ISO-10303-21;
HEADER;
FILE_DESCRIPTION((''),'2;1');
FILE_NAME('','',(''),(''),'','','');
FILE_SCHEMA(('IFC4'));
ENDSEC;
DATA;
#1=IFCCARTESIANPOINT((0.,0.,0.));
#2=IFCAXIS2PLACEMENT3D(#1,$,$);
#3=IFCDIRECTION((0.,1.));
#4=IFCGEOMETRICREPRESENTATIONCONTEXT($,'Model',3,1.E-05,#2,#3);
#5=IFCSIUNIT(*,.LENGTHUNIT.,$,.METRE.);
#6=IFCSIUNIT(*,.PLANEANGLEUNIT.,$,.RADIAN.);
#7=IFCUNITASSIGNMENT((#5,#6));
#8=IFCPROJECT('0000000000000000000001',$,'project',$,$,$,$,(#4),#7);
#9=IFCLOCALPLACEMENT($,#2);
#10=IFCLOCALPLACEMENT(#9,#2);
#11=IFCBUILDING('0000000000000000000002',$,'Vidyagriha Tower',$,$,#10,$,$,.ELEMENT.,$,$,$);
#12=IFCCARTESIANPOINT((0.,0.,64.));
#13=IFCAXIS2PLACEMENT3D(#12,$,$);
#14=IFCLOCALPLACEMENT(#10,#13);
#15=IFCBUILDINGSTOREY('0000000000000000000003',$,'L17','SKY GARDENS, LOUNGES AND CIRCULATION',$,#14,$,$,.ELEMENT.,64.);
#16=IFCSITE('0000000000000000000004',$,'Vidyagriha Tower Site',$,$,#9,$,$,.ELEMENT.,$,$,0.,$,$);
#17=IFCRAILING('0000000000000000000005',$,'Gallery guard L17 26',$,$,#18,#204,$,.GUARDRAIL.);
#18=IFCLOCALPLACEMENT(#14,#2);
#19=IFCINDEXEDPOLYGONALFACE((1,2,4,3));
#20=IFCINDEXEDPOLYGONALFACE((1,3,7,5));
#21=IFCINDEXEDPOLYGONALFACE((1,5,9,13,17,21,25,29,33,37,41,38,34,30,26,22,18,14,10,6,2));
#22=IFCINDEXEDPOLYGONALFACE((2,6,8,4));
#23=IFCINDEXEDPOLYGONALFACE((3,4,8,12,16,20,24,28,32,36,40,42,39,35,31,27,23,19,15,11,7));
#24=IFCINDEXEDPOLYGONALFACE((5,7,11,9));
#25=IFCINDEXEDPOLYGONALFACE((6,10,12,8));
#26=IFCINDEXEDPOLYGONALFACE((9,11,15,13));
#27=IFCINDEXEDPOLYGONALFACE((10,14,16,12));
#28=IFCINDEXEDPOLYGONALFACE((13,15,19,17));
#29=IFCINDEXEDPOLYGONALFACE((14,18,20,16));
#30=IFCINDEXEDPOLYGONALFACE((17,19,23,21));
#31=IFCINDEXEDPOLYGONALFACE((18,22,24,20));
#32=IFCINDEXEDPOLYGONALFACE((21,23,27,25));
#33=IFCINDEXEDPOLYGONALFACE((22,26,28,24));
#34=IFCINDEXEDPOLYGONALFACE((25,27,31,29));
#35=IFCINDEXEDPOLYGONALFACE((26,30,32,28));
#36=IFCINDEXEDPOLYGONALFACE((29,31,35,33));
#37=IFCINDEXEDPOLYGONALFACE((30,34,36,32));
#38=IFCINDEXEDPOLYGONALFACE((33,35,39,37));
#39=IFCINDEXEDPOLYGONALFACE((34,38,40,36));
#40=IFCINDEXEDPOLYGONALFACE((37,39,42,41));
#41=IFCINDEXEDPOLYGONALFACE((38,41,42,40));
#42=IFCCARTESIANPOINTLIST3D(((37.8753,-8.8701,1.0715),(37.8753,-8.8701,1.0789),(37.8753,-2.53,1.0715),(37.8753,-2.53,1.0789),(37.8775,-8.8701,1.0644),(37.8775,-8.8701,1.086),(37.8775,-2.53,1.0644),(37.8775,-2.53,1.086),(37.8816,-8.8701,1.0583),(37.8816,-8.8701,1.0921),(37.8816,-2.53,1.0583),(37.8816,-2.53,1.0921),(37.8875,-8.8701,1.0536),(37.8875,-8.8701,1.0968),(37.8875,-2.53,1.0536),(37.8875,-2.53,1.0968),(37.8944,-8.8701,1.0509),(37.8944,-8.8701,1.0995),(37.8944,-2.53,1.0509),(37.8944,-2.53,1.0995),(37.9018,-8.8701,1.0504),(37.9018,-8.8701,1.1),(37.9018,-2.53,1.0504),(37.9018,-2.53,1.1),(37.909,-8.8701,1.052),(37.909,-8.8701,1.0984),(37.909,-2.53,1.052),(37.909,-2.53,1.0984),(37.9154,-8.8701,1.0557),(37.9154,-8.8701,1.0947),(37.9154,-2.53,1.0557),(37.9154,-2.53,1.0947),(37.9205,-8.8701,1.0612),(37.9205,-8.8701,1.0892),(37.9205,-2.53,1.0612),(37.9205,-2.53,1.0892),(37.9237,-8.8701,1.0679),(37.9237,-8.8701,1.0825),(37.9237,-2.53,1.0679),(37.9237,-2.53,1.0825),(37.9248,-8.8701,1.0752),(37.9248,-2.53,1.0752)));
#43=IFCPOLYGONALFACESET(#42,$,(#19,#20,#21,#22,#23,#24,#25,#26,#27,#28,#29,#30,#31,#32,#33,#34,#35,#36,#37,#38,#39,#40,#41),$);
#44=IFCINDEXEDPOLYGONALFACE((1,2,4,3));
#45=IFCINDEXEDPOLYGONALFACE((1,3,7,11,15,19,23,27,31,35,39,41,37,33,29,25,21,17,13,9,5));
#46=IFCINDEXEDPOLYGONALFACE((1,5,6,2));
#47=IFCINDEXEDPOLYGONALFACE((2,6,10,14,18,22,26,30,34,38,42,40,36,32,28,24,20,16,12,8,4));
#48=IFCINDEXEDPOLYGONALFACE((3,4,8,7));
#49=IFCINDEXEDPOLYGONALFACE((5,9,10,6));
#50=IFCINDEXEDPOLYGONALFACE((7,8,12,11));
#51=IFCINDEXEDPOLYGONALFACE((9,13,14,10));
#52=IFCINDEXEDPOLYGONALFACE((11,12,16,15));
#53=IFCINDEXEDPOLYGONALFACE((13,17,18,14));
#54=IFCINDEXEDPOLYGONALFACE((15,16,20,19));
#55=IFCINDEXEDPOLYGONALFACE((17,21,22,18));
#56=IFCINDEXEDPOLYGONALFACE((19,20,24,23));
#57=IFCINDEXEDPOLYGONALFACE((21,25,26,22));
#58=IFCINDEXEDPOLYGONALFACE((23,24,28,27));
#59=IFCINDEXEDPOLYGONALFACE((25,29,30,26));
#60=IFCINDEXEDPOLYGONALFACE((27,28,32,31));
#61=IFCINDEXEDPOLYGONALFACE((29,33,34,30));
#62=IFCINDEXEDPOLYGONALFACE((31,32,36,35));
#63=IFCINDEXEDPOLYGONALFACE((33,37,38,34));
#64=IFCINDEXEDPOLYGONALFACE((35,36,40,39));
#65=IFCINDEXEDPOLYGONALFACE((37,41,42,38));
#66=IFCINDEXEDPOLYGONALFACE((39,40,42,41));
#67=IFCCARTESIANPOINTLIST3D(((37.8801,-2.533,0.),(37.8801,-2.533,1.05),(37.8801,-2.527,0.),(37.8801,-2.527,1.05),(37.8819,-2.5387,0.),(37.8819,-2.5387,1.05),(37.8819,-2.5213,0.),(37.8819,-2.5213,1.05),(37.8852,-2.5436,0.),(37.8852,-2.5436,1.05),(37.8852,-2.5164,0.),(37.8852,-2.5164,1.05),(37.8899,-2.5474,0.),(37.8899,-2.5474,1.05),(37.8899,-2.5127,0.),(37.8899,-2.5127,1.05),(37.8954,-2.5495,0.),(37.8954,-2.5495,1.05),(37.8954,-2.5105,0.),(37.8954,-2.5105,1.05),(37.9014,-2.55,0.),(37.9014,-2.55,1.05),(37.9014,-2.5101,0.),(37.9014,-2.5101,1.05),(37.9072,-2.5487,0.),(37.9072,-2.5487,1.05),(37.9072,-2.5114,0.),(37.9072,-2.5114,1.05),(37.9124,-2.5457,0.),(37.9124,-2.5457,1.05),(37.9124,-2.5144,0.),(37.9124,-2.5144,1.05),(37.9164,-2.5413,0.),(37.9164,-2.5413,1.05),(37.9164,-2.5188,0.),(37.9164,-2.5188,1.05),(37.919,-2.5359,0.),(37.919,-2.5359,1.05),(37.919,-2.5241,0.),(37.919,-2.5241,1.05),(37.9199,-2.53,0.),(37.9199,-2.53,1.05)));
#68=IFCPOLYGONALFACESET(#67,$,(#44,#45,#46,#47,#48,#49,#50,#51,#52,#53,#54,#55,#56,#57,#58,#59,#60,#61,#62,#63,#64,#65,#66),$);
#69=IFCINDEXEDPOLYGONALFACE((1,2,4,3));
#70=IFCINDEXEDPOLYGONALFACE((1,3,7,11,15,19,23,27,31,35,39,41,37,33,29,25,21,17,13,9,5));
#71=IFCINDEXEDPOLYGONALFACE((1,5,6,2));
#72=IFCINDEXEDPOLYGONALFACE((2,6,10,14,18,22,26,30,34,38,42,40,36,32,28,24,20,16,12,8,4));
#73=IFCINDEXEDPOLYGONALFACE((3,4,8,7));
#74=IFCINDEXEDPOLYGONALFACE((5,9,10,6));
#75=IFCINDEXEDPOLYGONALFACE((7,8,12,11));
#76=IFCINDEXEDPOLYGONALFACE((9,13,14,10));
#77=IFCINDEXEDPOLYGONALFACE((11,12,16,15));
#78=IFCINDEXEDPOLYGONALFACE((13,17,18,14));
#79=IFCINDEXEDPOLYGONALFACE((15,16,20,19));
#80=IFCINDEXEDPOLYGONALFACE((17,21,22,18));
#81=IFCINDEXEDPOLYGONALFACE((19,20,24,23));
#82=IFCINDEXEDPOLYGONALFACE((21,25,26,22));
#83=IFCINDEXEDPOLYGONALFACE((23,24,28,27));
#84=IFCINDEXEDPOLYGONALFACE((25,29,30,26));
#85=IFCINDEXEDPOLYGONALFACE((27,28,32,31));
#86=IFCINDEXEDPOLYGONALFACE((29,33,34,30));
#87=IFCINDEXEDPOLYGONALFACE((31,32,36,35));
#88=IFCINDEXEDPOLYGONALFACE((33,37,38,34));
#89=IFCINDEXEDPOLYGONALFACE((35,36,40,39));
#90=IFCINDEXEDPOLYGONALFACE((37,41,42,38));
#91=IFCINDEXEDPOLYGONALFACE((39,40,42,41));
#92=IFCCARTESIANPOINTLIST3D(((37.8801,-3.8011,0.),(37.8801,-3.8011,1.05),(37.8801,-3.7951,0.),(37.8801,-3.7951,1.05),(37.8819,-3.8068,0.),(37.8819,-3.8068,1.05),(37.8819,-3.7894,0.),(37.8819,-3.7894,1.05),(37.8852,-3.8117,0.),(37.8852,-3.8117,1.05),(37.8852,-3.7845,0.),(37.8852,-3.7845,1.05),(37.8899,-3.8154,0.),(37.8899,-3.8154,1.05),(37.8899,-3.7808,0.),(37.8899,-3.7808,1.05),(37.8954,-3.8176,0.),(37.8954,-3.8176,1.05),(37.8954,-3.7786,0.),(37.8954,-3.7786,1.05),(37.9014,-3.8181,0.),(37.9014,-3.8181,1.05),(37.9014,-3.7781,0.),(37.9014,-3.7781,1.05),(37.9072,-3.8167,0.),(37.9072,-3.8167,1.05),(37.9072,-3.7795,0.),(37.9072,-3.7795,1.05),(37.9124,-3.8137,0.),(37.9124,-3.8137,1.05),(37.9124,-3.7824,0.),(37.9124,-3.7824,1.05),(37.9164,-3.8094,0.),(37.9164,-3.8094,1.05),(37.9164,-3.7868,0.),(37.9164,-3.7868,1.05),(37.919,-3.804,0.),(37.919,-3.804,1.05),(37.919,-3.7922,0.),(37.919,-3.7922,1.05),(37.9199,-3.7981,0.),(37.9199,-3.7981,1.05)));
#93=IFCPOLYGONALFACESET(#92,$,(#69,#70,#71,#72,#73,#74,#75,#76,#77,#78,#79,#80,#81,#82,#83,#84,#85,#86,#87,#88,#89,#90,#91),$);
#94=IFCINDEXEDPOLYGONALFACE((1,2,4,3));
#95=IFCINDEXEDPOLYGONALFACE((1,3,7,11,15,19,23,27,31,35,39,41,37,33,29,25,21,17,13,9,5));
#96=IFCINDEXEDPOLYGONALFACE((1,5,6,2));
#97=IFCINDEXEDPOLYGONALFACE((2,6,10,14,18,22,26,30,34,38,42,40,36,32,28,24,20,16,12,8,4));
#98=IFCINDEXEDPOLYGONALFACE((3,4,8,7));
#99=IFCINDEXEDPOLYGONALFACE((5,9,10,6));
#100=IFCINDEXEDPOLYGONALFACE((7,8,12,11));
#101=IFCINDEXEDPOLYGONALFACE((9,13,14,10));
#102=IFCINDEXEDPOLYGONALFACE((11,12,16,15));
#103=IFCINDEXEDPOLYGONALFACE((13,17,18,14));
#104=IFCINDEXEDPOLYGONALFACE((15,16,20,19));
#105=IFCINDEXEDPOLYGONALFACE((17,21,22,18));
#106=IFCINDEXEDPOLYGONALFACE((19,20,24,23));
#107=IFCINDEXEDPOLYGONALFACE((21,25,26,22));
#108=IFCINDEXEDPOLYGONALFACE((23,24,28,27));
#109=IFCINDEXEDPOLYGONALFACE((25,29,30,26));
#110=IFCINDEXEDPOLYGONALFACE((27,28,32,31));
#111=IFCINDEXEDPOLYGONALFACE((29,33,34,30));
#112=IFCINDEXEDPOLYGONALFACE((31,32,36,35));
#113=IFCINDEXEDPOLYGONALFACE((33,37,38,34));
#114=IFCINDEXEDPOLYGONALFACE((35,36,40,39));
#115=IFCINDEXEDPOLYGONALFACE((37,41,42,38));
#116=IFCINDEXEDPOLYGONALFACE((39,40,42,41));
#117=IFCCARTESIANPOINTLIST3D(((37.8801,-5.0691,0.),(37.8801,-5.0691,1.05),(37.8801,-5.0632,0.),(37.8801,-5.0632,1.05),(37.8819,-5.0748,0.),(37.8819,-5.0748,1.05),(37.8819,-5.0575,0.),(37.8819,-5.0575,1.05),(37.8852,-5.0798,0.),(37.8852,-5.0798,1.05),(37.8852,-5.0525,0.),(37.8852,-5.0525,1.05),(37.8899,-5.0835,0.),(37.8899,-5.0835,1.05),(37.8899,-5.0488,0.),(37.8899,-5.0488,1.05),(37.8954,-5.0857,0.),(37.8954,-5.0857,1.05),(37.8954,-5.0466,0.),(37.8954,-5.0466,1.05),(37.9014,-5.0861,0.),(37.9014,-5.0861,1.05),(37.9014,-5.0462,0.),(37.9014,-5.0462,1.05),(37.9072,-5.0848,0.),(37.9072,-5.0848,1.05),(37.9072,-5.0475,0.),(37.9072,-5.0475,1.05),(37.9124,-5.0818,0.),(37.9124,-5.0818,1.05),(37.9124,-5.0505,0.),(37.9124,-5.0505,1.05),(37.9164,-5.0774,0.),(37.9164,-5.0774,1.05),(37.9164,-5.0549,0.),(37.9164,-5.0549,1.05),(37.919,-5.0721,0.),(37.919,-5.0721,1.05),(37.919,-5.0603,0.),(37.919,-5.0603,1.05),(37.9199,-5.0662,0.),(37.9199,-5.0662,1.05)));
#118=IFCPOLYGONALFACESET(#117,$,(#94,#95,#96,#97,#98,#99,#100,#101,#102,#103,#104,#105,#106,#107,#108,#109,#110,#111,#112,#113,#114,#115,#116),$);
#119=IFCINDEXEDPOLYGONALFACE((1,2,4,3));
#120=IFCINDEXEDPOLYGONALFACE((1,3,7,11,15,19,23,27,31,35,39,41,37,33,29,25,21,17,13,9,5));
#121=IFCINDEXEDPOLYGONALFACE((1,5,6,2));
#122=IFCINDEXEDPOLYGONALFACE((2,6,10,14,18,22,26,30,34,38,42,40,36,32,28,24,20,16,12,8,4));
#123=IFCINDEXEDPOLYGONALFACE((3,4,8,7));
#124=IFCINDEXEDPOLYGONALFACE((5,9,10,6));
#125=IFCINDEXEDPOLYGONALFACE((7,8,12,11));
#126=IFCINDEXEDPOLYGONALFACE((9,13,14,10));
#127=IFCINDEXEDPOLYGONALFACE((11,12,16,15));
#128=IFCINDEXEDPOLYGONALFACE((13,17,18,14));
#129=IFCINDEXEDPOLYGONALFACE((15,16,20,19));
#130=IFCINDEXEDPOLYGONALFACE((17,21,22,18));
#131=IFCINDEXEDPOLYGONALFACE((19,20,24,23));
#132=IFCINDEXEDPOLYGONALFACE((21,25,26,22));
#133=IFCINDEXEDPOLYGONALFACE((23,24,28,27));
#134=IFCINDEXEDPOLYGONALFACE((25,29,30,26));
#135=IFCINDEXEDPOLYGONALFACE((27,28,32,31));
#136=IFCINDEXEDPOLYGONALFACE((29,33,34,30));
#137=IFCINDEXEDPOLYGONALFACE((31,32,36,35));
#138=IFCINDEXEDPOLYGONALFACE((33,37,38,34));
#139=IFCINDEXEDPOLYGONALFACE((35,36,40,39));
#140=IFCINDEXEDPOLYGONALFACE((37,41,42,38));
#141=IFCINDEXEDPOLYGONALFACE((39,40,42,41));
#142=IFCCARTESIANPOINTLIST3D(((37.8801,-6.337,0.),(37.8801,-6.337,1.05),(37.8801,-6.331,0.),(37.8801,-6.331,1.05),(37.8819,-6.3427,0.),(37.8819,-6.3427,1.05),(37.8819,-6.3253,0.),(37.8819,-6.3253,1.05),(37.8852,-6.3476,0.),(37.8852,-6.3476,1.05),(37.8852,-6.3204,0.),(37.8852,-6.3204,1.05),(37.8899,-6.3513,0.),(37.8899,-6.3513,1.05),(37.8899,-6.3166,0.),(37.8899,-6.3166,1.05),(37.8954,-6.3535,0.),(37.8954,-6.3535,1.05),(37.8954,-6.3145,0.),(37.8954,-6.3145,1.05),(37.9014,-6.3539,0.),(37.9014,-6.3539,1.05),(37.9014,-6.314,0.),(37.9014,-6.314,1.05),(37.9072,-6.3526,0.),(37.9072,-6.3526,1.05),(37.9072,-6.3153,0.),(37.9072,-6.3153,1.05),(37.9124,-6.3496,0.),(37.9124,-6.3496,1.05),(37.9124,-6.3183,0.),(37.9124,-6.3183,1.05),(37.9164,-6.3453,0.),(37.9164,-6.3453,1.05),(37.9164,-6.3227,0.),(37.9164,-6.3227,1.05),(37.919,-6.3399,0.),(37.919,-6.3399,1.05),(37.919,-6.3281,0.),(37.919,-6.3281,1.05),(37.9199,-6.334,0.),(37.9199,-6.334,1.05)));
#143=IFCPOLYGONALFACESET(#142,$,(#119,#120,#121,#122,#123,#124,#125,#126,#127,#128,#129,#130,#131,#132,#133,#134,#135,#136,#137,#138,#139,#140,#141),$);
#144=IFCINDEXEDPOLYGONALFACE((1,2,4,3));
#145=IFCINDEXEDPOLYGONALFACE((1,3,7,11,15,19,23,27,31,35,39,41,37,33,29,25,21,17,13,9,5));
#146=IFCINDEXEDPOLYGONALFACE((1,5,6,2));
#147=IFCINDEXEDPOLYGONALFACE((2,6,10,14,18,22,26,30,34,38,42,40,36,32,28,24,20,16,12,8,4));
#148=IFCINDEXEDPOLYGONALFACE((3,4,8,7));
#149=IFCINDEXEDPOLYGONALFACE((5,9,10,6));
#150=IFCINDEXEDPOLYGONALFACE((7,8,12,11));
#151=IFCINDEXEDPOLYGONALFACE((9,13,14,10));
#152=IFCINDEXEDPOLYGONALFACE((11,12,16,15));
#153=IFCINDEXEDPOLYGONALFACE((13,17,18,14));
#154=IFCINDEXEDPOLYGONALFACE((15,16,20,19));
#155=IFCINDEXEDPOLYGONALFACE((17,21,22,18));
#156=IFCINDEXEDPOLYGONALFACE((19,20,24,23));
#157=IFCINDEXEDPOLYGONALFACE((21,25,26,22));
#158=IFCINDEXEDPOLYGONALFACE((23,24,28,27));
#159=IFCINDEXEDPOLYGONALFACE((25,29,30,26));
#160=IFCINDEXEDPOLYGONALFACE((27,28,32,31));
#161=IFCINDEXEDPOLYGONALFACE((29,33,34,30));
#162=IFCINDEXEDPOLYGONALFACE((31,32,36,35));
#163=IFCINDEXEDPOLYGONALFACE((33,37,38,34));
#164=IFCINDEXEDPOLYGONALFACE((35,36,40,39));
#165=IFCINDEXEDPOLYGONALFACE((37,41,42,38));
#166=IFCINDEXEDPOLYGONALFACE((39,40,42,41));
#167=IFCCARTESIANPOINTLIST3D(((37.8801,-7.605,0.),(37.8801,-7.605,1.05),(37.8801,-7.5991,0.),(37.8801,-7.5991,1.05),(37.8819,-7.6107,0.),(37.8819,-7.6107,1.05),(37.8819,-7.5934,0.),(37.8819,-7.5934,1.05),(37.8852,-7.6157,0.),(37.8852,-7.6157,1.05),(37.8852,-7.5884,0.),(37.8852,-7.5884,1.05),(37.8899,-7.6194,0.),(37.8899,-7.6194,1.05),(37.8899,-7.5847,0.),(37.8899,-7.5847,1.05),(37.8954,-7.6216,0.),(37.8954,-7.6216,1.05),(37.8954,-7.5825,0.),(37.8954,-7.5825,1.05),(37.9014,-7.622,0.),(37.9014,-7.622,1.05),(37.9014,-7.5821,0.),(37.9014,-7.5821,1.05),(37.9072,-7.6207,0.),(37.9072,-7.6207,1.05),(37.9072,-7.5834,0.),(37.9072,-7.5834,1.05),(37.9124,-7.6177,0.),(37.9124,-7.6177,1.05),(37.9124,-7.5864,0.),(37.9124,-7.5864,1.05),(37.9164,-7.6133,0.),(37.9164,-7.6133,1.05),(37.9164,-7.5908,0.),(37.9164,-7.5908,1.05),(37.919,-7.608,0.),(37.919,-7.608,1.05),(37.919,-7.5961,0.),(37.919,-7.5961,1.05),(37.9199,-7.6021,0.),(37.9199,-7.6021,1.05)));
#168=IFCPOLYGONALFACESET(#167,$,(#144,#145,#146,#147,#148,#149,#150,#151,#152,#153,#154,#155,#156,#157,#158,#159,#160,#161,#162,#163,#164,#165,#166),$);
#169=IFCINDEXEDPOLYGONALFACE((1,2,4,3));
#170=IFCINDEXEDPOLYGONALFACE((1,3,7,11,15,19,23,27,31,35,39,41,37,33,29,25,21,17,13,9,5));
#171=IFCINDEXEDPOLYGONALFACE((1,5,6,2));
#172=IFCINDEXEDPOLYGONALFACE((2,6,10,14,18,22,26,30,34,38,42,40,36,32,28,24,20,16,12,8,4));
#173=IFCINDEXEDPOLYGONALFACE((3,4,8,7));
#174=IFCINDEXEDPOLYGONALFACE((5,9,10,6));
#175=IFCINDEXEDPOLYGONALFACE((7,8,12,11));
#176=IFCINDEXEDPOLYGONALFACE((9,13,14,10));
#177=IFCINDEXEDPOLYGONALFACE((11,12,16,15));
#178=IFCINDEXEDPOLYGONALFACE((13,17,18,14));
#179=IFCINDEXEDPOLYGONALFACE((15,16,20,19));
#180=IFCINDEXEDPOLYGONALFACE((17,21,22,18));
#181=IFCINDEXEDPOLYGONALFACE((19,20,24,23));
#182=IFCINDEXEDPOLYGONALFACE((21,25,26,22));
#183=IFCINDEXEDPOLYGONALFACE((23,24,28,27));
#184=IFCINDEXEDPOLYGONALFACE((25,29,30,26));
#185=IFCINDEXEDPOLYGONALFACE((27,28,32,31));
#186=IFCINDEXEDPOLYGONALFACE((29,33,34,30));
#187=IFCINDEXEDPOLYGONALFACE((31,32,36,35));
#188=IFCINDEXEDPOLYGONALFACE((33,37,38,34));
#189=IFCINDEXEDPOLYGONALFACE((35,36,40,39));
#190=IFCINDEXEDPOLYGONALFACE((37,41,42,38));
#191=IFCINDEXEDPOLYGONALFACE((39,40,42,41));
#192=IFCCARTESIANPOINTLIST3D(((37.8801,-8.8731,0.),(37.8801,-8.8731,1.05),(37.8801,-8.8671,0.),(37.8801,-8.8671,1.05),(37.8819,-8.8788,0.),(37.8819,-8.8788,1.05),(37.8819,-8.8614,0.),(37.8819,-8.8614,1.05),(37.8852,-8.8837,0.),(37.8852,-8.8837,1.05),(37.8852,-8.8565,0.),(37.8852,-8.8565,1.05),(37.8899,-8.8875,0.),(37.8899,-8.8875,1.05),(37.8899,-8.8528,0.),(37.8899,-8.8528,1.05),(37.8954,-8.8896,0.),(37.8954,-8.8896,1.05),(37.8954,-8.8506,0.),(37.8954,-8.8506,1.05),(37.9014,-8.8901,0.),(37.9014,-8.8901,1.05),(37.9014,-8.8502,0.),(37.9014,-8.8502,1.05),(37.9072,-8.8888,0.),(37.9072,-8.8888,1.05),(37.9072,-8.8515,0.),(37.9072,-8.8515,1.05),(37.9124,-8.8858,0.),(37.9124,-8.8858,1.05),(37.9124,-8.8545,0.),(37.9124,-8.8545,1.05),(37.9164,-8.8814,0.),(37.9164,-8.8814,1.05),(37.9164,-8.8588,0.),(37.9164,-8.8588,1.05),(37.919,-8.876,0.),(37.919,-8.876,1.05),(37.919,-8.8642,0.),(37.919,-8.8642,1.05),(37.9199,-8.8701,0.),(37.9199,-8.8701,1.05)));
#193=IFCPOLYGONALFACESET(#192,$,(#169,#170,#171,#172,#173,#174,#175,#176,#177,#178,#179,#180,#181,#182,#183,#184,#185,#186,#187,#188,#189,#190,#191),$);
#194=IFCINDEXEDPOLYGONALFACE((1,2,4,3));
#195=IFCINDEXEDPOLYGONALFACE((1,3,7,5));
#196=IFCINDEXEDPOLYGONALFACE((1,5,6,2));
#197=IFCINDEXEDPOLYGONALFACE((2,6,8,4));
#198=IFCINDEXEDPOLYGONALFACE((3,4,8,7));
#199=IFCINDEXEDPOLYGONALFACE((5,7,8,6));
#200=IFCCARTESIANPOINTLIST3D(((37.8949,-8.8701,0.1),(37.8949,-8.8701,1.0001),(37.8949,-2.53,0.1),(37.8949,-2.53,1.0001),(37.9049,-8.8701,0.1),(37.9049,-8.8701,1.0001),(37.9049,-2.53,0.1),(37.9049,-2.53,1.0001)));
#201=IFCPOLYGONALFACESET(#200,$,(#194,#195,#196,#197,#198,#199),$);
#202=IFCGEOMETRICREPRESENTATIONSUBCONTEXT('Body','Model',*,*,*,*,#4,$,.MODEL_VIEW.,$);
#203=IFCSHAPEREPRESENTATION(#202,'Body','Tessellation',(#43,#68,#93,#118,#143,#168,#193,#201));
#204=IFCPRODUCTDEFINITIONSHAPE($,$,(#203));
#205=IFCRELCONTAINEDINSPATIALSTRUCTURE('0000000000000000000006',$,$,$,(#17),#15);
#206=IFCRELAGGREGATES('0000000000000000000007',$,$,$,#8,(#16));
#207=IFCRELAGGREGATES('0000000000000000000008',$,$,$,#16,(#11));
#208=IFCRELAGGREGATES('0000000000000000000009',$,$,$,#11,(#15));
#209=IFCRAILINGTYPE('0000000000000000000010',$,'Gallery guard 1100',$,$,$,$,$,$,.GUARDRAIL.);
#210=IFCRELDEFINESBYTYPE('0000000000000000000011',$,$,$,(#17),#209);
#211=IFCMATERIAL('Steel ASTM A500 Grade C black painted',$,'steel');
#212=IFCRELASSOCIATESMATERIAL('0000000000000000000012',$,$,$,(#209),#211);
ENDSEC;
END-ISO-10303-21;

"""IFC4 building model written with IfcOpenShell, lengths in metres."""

from ifc_helpers import new_model, si_unit, direction, frame, origin, origin_2d, place, context, subcontext, project, spatial, rectangle, circle, extrude, material, type_object, element, save


model = new_model("IFC4")

# Units and contexts
model_context = context("Model", 3, precision=1e-05, world=origin(), true_north=direction((0.0, 1.0)))
body_context = subcontext(model_context, "Body", "Model", "MODEL_VIEW")
ifc_project = project(units=[si_unit("LENGTHUNIT", "METRE"), si_unit("PLANEANGLEUNIT", "RADIAN")], contexts=[model_context])

# Site, building, storey
site_placement = place(None, origin())
site = spatial("IfcSite", under=ifc_project, at=site_placement, Name="Vidyagriha Tower Site", CompositionType="ELEMENT", RefElevation=0.0)
building_placement = place(site_placement, origin())
building = spatial("IfcBuilding", under=site, at=building_placement, Name="Vidyagriha Tower", CompositionType="ELEMENT")
storey_placement = place(building_placement, frame((0.0, 0.0, 64.0)))
storey = spatial("IfcBuildingStorey", under=building, at=storey_placement, Name="L17", Description="SKY GARDENS, LOUNGES AND CIRCULATION", CompositionType="ELEMENT", Elevation=64.0)

# Railing
ifc_material_1 = material(Name="Steel ASTM A500 Grade C black painted", Category="steel")
railing_type = type_object("IfcRailingType", Name="Gallery guard 1100", PredefinedType="GUARDRAIL", material=ifc_material_1)
railing_1_placement = place(storey_placement, frame((37.8999, -2.53, 0.0)))
element("IfcRailing", 1, at=railing_1_placement, inside=storey, type_object=railing_type, Name="Gallery guard L17 26", PredefinedType="GUARDRAIL", context=body_context, shape_type="SweptSolid", body=[
    extrude(circle(Radius=0.0249, at=origin_2d()), frame((0.0, 0.0, 1.0752), z_axis=(0.0, -1.0, 0.0), x_axis=(1.0, 0.0, 0.0)), (0.0, 0.0, 1.0), 6.3401),
    extrude(circle(Radius=0.02, at=origin_2d()), origin(), (0.0, 0.0, 1.0), 1.05),
    extrude(circle(Radius=0.02, at=origin_2d()), frame((0.0, -1.2681, 0.0)), (0.0, 0.0, 1.0), 1.05),
    extrude(circle(Radius=0.02, at=origin_2d()), frame((0.0, -2.5361, 0.0)), (0.0, 0.0, 1.0), 1.05),
    extrude(circle(Radius=0.02, at=origin_2d()), frame((0.0, -3.804, 0.0)), (0.0, 0.0, 1.0), 1.05),
    extrude(circle(Radius=0.02, at=origin_2d()), frame((0.0, -5.072, 0.0)), (0.0, 0.0, 1.0), 1.05),
    extrude(circle(Radius=0.02, at=origin_2d()), frame((0.0, -6.3401, 0.0)), (0.0, 0.0, 1.0), 1.05),
    extrude(rectangle(XDim=0.01, YDim=0.9001, at=origin_2d()), frame((0.0, 0.0, 0.55), z_axis=(0.0, -1.0, 0.0), x_axis=(1.0, 0.0, 0.0)), (0.0, 0.0, 1.0), 6.3401),
])

save(model, "model.ifc")
